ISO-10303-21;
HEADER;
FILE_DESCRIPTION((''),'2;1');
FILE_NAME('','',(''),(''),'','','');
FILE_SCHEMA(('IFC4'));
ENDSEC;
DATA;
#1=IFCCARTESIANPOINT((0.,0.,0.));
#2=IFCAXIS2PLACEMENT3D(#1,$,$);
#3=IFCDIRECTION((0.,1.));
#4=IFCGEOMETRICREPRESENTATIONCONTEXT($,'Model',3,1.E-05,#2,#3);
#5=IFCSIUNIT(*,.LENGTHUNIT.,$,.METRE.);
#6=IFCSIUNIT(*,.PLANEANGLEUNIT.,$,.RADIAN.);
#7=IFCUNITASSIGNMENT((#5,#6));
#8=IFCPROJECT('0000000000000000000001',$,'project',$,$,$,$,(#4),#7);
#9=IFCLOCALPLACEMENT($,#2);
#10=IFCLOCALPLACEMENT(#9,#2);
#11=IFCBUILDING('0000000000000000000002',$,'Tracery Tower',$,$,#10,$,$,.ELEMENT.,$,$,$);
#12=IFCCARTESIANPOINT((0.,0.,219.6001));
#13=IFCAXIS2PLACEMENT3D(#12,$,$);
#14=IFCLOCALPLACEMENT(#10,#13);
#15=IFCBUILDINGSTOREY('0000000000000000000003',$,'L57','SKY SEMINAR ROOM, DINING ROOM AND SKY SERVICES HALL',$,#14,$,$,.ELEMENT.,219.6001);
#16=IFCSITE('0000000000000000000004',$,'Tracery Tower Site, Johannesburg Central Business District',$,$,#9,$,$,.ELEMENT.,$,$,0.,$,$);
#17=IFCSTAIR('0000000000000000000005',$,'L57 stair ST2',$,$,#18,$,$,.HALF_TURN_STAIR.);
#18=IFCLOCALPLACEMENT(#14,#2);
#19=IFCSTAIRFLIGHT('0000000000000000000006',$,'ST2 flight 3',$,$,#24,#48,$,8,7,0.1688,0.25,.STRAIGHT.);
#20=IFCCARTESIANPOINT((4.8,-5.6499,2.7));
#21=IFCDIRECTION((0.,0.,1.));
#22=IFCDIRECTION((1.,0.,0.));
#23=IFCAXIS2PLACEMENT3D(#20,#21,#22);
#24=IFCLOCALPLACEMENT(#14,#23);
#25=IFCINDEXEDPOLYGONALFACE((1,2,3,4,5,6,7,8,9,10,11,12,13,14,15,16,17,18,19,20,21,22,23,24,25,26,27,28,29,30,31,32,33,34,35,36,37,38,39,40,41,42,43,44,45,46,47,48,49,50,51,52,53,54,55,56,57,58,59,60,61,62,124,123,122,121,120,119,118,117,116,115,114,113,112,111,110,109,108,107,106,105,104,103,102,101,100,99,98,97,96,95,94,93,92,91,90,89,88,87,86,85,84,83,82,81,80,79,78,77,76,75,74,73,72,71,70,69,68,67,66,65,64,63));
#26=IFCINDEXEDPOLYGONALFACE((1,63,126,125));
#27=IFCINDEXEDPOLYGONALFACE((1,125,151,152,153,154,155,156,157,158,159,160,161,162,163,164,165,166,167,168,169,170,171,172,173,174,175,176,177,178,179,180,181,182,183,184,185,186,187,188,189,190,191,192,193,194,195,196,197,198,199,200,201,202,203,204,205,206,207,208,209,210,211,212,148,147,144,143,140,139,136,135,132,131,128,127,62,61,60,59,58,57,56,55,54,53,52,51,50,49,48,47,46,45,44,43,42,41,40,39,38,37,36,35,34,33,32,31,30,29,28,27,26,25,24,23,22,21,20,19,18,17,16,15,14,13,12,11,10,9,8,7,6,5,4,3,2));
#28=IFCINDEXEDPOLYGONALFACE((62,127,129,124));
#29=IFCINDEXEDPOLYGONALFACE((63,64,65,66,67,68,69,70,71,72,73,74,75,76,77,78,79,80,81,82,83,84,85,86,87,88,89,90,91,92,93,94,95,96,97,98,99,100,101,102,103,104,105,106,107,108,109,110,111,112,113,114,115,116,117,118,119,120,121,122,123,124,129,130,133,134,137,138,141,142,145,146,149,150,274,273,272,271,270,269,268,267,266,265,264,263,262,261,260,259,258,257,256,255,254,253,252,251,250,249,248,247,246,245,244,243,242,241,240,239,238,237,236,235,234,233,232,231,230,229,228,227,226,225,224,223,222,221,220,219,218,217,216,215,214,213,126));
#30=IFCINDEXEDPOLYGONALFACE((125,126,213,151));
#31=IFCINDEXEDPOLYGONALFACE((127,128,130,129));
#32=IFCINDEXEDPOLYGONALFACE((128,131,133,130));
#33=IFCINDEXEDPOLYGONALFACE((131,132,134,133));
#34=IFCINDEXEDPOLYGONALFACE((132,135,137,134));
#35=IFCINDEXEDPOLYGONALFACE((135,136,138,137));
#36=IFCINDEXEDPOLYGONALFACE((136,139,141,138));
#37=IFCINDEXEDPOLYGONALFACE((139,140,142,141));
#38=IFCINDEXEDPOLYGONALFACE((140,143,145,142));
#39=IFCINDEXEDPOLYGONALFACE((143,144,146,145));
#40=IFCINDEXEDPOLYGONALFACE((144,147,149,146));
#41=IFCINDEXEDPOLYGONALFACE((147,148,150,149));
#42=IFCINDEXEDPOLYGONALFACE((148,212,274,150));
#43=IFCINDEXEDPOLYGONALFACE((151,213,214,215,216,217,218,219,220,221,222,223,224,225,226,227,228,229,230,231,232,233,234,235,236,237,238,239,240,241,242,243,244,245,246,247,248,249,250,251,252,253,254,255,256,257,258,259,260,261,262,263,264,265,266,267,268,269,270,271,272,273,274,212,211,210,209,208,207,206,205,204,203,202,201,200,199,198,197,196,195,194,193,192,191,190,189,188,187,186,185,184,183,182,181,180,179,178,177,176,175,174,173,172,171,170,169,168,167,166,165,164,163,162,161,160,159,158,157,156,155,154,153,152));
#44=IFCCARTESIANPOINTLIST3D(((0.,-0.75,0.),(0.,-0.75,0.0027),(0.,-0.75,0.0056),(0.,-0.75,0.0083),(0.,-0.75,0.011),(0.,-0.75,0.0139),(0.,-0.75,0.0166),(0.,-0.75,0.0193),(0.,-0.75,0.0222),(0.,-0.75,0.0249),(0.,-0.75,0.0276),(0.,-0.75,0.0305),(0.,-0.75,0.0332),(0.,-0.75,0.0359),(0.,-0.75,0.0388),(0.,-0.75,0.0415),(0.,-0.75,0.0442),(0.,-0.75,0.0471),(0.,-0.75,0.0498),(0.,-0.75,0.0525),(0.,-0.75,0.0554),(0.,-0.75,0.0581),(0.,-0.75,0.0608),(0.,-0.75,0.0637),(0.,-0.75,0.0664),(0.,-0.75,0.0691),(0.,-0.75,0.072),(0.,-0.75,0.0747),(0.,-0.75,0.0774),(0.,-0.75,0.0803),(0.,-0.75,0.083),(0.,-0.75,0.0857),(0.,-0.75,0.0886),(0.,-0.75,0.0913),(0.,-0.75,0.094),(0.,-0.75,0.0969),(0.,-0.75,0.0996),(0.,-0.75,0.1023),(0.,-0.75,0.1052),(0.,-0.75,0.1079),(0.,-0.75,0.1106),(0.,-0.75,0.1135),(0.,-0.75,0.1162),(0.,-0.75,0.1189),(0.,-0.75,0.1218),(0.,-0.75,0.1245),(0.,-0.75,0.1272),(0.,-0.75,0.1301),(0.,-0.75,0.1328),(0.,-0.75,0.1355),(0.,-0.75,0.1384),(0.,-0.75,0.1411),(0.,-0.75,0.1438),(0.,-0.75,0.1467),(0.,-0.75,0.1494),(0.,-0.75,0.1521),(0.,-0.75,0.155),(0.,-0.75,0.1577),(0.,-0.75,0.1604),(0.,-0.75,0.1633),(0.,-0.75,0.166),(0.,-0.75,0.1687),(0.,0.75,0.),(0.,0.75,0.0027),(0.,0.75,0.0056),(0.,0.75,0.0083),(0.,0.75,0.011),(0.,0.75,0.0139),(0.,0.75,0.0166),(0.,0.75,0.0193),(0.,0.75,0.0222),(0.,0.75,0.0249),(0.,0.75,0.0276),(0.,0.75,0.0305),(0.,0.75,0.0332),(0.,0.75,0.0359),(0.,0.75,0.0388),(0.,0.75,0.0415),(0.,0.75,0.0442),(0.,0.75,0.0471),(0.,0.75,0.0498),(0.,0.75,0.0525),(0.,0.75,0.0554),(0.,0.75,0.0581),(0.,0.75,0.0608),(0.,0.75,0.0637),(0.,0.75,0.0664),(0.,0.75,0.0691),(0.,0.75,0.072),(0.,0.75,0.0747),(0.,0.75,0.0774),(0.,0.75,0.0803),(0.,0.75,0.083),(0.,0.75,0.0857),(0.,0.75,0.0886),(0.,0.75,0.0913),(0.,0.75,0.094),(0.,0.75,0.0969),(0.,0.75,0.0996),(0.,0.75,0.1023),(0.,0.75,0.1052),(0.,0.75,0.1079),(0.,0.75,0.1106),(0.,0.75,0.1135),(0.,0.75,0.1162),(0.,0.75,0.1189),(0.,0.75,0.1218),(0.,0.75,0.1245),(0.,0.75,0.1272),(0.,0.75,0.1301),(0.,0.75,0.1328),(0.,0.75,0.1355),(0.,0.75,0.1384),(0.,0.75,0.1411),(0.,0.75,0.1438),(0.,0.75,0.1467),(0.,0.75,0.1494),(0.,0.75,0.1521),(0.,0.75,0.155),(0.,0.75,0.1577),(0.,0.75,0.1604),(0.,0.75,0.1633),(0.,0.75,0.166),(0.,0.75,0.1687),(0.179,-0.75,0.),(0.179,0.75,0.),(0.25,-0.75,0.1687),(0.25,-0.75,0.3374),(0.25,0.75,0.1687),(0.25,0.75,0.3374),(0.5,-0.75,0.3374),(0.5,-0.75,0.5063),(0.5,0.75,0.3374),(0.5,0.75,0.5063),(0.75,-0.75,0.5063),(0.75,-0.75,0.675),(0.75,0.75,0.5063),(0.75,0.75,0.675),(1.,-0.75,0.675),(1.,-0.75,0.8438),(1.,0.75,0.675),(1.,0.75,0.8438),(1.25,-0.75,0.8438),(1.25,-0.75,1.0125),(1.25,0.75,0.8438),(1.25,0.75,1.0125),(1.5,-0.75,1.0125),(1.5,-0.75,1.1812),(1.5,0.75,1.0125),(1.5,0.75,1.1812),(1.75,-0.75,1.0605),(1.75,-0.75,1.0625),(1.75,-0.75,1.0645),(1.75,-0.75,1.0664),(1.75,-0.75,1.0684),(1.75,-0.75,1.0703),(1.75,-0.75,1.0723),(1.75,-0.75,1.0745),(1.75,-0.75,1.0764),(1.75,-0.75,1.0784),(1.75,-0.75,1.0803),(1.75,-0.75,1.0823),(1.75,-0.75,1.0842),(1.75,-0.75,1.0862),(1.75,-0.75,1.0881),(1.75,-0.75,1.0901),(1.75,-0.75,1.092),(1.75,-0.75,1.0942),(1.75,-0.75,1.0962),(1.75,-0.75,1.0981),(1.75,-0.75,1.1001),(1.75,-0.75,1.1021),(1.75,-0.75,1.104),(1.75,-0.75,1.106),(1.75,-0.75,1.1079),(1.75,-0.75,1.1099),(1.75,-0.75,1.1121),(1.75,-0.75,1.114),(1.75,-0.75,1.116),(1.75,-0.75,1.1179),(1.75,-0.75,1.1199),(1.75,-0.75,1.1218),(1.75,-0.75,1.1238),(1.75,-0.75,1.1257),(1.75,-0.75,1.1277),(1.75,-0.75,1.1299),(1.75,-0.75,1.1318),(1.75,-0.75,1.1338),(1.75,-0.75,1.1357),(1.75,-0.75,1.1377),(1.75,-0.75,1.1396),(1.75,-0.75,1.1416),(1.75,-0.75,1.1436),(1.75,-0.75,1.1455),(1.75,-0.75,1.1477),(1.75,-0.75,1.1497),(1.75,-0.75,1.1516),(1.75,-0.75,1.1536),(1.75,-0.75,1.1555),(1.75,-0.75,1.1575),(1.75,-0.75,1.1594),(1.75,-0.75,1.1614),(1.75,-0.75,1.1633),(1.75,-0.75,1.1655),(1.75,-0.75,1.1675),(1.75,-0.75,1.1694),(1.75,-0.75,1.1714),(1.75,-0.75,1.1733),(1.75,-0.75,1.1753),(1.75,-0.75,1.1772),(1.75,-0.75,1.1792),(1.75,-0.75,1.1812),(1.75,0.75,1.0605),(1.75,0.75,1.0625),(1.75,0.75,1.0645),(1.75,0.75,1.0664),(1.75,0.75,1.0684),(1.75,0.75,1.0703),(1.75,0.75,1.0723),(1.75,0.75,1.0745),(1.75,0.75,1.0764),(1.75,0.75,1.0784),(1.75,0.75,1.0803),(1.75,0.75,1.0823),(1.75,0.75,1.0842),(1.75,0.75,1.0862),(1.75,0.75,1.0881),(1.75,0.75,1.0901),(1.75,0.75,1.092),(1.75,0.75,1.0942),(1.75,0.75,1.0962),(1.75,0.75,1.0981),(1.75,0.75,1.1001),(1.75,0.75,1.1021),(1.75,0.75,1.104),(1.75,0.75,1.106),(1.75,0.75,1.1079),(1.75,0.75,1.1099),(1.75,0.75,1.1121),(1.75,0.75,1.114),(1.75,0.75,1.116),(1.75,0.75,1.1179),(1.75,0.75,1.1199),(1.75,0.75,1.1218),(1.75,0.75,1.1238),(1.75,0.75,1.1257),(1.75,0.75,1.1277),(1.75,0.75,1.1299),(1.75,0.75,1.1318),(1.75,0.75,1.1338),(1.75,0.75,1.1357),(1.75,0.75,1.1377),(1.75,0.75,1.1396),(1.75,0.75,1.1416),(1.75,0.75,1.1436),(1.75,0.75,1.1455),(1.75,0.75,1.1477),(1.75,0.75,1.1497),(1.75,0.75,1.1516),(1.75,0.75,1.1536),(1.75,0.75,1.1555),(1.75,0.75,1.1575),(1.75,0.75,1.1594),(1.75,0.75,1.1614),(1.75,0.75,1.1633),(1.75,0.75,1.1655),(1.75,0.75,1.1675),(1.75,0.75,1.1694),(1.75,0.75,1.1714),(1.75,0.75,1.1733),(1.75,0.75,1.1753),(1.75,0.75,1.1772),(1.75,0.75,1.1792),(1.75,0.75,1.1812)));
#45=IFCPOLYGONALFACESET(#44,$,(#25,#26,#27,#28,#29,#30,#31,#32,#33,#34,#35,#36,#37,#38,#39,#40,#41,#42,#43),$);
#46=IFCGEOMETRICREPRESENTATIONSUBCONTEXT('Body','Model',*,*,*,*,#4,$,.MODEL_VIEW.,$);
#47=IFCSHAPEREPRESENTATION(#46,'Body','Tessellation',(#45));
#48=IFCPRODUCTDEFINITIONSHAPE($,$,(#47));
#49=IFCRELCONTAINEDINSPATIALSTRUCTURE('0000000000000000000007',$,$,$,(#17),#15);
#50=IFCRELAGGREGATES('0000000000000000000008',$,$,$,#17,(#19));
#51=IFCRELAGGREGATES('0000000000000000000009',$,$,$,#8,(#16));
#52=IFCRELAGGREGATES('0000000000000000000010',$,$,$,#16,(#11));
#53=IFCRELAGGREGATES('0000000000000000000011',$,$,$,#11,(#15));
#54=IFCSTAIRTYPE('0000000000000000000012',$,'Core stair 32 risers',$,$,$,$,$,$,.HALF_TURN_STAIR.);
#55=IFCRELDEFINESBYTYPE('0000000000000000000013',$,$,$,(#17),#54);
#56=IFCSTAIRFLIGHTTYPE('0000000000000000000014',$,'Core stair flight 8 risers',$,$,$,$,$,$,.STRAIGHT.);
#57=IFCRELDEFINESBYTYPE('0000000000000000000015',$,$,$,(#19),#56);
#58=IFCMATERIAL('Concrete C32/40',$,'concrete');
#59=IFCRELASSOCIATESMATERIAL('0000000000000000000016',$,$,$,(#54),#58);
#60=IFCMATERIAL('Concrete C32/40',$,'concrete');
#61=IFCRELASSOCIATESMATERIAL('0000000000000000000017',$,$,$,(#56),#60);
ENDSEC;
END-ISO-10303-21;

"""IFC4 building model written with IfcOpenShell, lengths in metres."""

from ifc_helpers import new_model, si_unit, direction, frame, origin, place, context, subcontext, project, spatial, polyline, outline, extrude, material, type_object, element, aggregate, save


model = new_model("IFC4")

# Units and contexts
model_context = context("Model", 3, precision=1e-05, world=origin(), true_north=direction((0.0, 1.0)))
body_context = subcontext(model_context, "Body", "Model", "MODEL_VIEW")
ifc_project = project(units=[si_unit("LENGTHUNIT", "METRE"), si_unit("PLANEANGLEUNIT", "RADIAN")], contexts=[model_context])

# Site, building, storey
site_placement = place(None, origin())
site = spatial("IfcSite", under=ifc_project, at=site_placement, Name="Tracery Tower Site, Johannesburg Central Business District", CompositionType="ELEMENT", RefElevation=0.0)
building_placement = place(site_placement, origin())
building = spatial("IfcBuilding", under=site, at=building_placement, Name="Tracery Tower", CompositionType="ELEMENT")
storey_placement = place(building_placement, frame((0.0, 0.0, 219.6001)))
storey = spatial("IfcBuildingStorey", under=building, at=storey_placement, Name="L57", Description="SKY SEMINAR ROOM, DINING ROOM AND SKY SERVICES HALL", CompositionType="ELEMENT", Elevation=219.6001)

# Stair, stair flight
ifc_material_1 = material(Name="Concrete C32/40", Category="concrete")
stair_type = type_object("IfcStairType", Name="Core stair 32 risers", PredefinedType="HALF_TURN_STAIR", material=ifc_material_1)
stair_placement = place(storey_placement, origin())
stair = element("IfcStair", 1, at=stair_placement, inside=storey, type_object=stair_type, Name="L57 stair ST2", PredefinedType="HALF_TURN_STAIR")
ifc_material_2 = material(Name="Concrete C32/40", Category="concrete")
stair_flight_type = type_object("IfcStairFlightType", Name="Core stair flight 8 risers", PredefinedType="STRAIGHT", material=ifc_material_2)
stair_flight_1_placement = place(storey_placement, frame((4.8, -5.6499, 2.7), z_axis=(0.0, 0.0, 1.0), x_axis=(1.0, 0.0, 0.0)))
stair_flight_1 = element("IfcStairFlight", 2, at=stair_flight_1_placement, type_object=stair_flight_type, Name="ST2 flight 3", NumberOfRisers=8, NumberOfTreads=7, PredefinedType="STRAIGHT", RiserHeight=0.1688, TreadLength=0.25, context=body_context, shape_type="SweptSolid", body=[
    extrude(outline(polyline([(0.0, 0.0), (0.0, 0.0027), (0.0, 0.0056), (0.0, 0.0083), (0.0, 0.011), (0.0, 0.0139), (0.0, 0.0166), (0.0, 0.0193), (0.0, 0.0222), (0.0, 0.0249), (0.0, 0.0276), (0.0, 0.0305), (0.0, 0.0332), (0.0, 0.0359), (0.0, 0.0388), (0.0, 0.0415), (0.0, 0.0442), (0.0, 0.0471), (0.0, 0.0498), (0.0, 0.0525), (0.0, 0.0554), (0.0, 0.0581), (0.0, 0.0608), (0.0, 0.0637), (0.0, 0.0664), (0.0, 0.0691), (0.0, 0.072), (0.0, 0.0747), (0.0, 0.0774), (0.0, 0.0803), (0.0, 0.083), (0.0, 0.0857), (0.0, 0.0886), (0.0, 0.0913), (0.0, 0.094), (0.0, 0.0969), (0.0, 0.0996), (0.0, 0.1023), (0.0, 0.1052), (0.0, 0.1079), (0.0, 0.1106), (0.0, 0.1135), (0.0, 0.1162), (0.0, 0.1189), (0.0, 0.1218), (0.0, 0.1245), (0.0, 0.1272), (0.0, 0.1301), (0.0, 0.1328), (0.0, 0.1355), (0.0, 0.1384), (0.0, 0.1411), (0.0, 0.1438), (0.0, 0.1467), (0.0, 0.1494), (0.0, 0.1521), (0.0, 0.155), (0.0, 0.1577), (0.0, 0.1604), (0.0, 0.1633), (0.0, 0.166), (0.0, 0.1687), (0.25, 0.1687), (0.25, 0.3374), (0.5, 0.3374), (0.5, 0.5063), (0.75, 0.5063), (0.75, 0.675), (1.0, 0.675), (1.0, 0.8438), (1.25, 0.8438), (1.25, 1.0125), (1.5, 1.0125), (1.5, 1.1812), (1.75, 1.1812), (1.75, 1.1792), (1.75, 1.1772), (1.75, 1.1753), (1.75, 1.1733), (1.75, 1.1714), (1.75, 1.1694), (1.75, 1.1675), (1.75, 1.1655), (1.75, 1.1633), (1.75, 1.1614), (1.75, 1.1594), (1.75, 1.1575), (1.75, 1.1555), (1.75, 1.1536), (1.75, 1.1516), (1.75, 1.1497), (1.75, 1.1477), (1.75, 1.1455), (1.75, 1.1436), (1.75, 1.1416), (1.75, 1.1396), (1.75, 1.1377), (1.75, 1.1357), (1.75, 1.1338), (1.75, 1.1318), (1.75, 1.1299), (1.75, 1.1277), (1.75, 1.1257), (1.75, 1.1238), (1.75, 1.1218), (1.75, 1.1199), (1.75, 1.1179), (1.75, 1.116), (1.75, 1.114), (1.75, 1.1121), (1.75, 1.1099), (1.75, 1.1079), (1.75, 1.106), (1.75, 1.104), (1.75, 1.1021), (1.75, 1.1001), (1.75, 1.0981), (1.75, 1.0962), (1.75, 1.0942), (1.75, 1.092), (1.75, 1.0901), (1.75, 1.0881), (1.75, 1.0862), (1.75, 1.0842), (1.75, 1.0823), (1.75, 1.0803), (1.75, 1.0784), (1.75, 1.0764), (1.75, 1.0745), (1.75, 1.0723), (1.75, 1.0703), (1.75, 1.0684), (1.75, 1.0664), (1.75, 1.0645), (1.75, 1.0625), (1.75, 1.0605), (0.179, 0.0), (0.0, 0.0)])), frame((0.0, 0.75, 0.0), z_axis=(0.0, -1.0, 0.0), x_axis=(1.0, 0.0, 0.0)), (0.0, 0.0, 1.0), 1.5),
])
aggregate(stair, [stair_flight_1])

save(model, "model.ifc")
